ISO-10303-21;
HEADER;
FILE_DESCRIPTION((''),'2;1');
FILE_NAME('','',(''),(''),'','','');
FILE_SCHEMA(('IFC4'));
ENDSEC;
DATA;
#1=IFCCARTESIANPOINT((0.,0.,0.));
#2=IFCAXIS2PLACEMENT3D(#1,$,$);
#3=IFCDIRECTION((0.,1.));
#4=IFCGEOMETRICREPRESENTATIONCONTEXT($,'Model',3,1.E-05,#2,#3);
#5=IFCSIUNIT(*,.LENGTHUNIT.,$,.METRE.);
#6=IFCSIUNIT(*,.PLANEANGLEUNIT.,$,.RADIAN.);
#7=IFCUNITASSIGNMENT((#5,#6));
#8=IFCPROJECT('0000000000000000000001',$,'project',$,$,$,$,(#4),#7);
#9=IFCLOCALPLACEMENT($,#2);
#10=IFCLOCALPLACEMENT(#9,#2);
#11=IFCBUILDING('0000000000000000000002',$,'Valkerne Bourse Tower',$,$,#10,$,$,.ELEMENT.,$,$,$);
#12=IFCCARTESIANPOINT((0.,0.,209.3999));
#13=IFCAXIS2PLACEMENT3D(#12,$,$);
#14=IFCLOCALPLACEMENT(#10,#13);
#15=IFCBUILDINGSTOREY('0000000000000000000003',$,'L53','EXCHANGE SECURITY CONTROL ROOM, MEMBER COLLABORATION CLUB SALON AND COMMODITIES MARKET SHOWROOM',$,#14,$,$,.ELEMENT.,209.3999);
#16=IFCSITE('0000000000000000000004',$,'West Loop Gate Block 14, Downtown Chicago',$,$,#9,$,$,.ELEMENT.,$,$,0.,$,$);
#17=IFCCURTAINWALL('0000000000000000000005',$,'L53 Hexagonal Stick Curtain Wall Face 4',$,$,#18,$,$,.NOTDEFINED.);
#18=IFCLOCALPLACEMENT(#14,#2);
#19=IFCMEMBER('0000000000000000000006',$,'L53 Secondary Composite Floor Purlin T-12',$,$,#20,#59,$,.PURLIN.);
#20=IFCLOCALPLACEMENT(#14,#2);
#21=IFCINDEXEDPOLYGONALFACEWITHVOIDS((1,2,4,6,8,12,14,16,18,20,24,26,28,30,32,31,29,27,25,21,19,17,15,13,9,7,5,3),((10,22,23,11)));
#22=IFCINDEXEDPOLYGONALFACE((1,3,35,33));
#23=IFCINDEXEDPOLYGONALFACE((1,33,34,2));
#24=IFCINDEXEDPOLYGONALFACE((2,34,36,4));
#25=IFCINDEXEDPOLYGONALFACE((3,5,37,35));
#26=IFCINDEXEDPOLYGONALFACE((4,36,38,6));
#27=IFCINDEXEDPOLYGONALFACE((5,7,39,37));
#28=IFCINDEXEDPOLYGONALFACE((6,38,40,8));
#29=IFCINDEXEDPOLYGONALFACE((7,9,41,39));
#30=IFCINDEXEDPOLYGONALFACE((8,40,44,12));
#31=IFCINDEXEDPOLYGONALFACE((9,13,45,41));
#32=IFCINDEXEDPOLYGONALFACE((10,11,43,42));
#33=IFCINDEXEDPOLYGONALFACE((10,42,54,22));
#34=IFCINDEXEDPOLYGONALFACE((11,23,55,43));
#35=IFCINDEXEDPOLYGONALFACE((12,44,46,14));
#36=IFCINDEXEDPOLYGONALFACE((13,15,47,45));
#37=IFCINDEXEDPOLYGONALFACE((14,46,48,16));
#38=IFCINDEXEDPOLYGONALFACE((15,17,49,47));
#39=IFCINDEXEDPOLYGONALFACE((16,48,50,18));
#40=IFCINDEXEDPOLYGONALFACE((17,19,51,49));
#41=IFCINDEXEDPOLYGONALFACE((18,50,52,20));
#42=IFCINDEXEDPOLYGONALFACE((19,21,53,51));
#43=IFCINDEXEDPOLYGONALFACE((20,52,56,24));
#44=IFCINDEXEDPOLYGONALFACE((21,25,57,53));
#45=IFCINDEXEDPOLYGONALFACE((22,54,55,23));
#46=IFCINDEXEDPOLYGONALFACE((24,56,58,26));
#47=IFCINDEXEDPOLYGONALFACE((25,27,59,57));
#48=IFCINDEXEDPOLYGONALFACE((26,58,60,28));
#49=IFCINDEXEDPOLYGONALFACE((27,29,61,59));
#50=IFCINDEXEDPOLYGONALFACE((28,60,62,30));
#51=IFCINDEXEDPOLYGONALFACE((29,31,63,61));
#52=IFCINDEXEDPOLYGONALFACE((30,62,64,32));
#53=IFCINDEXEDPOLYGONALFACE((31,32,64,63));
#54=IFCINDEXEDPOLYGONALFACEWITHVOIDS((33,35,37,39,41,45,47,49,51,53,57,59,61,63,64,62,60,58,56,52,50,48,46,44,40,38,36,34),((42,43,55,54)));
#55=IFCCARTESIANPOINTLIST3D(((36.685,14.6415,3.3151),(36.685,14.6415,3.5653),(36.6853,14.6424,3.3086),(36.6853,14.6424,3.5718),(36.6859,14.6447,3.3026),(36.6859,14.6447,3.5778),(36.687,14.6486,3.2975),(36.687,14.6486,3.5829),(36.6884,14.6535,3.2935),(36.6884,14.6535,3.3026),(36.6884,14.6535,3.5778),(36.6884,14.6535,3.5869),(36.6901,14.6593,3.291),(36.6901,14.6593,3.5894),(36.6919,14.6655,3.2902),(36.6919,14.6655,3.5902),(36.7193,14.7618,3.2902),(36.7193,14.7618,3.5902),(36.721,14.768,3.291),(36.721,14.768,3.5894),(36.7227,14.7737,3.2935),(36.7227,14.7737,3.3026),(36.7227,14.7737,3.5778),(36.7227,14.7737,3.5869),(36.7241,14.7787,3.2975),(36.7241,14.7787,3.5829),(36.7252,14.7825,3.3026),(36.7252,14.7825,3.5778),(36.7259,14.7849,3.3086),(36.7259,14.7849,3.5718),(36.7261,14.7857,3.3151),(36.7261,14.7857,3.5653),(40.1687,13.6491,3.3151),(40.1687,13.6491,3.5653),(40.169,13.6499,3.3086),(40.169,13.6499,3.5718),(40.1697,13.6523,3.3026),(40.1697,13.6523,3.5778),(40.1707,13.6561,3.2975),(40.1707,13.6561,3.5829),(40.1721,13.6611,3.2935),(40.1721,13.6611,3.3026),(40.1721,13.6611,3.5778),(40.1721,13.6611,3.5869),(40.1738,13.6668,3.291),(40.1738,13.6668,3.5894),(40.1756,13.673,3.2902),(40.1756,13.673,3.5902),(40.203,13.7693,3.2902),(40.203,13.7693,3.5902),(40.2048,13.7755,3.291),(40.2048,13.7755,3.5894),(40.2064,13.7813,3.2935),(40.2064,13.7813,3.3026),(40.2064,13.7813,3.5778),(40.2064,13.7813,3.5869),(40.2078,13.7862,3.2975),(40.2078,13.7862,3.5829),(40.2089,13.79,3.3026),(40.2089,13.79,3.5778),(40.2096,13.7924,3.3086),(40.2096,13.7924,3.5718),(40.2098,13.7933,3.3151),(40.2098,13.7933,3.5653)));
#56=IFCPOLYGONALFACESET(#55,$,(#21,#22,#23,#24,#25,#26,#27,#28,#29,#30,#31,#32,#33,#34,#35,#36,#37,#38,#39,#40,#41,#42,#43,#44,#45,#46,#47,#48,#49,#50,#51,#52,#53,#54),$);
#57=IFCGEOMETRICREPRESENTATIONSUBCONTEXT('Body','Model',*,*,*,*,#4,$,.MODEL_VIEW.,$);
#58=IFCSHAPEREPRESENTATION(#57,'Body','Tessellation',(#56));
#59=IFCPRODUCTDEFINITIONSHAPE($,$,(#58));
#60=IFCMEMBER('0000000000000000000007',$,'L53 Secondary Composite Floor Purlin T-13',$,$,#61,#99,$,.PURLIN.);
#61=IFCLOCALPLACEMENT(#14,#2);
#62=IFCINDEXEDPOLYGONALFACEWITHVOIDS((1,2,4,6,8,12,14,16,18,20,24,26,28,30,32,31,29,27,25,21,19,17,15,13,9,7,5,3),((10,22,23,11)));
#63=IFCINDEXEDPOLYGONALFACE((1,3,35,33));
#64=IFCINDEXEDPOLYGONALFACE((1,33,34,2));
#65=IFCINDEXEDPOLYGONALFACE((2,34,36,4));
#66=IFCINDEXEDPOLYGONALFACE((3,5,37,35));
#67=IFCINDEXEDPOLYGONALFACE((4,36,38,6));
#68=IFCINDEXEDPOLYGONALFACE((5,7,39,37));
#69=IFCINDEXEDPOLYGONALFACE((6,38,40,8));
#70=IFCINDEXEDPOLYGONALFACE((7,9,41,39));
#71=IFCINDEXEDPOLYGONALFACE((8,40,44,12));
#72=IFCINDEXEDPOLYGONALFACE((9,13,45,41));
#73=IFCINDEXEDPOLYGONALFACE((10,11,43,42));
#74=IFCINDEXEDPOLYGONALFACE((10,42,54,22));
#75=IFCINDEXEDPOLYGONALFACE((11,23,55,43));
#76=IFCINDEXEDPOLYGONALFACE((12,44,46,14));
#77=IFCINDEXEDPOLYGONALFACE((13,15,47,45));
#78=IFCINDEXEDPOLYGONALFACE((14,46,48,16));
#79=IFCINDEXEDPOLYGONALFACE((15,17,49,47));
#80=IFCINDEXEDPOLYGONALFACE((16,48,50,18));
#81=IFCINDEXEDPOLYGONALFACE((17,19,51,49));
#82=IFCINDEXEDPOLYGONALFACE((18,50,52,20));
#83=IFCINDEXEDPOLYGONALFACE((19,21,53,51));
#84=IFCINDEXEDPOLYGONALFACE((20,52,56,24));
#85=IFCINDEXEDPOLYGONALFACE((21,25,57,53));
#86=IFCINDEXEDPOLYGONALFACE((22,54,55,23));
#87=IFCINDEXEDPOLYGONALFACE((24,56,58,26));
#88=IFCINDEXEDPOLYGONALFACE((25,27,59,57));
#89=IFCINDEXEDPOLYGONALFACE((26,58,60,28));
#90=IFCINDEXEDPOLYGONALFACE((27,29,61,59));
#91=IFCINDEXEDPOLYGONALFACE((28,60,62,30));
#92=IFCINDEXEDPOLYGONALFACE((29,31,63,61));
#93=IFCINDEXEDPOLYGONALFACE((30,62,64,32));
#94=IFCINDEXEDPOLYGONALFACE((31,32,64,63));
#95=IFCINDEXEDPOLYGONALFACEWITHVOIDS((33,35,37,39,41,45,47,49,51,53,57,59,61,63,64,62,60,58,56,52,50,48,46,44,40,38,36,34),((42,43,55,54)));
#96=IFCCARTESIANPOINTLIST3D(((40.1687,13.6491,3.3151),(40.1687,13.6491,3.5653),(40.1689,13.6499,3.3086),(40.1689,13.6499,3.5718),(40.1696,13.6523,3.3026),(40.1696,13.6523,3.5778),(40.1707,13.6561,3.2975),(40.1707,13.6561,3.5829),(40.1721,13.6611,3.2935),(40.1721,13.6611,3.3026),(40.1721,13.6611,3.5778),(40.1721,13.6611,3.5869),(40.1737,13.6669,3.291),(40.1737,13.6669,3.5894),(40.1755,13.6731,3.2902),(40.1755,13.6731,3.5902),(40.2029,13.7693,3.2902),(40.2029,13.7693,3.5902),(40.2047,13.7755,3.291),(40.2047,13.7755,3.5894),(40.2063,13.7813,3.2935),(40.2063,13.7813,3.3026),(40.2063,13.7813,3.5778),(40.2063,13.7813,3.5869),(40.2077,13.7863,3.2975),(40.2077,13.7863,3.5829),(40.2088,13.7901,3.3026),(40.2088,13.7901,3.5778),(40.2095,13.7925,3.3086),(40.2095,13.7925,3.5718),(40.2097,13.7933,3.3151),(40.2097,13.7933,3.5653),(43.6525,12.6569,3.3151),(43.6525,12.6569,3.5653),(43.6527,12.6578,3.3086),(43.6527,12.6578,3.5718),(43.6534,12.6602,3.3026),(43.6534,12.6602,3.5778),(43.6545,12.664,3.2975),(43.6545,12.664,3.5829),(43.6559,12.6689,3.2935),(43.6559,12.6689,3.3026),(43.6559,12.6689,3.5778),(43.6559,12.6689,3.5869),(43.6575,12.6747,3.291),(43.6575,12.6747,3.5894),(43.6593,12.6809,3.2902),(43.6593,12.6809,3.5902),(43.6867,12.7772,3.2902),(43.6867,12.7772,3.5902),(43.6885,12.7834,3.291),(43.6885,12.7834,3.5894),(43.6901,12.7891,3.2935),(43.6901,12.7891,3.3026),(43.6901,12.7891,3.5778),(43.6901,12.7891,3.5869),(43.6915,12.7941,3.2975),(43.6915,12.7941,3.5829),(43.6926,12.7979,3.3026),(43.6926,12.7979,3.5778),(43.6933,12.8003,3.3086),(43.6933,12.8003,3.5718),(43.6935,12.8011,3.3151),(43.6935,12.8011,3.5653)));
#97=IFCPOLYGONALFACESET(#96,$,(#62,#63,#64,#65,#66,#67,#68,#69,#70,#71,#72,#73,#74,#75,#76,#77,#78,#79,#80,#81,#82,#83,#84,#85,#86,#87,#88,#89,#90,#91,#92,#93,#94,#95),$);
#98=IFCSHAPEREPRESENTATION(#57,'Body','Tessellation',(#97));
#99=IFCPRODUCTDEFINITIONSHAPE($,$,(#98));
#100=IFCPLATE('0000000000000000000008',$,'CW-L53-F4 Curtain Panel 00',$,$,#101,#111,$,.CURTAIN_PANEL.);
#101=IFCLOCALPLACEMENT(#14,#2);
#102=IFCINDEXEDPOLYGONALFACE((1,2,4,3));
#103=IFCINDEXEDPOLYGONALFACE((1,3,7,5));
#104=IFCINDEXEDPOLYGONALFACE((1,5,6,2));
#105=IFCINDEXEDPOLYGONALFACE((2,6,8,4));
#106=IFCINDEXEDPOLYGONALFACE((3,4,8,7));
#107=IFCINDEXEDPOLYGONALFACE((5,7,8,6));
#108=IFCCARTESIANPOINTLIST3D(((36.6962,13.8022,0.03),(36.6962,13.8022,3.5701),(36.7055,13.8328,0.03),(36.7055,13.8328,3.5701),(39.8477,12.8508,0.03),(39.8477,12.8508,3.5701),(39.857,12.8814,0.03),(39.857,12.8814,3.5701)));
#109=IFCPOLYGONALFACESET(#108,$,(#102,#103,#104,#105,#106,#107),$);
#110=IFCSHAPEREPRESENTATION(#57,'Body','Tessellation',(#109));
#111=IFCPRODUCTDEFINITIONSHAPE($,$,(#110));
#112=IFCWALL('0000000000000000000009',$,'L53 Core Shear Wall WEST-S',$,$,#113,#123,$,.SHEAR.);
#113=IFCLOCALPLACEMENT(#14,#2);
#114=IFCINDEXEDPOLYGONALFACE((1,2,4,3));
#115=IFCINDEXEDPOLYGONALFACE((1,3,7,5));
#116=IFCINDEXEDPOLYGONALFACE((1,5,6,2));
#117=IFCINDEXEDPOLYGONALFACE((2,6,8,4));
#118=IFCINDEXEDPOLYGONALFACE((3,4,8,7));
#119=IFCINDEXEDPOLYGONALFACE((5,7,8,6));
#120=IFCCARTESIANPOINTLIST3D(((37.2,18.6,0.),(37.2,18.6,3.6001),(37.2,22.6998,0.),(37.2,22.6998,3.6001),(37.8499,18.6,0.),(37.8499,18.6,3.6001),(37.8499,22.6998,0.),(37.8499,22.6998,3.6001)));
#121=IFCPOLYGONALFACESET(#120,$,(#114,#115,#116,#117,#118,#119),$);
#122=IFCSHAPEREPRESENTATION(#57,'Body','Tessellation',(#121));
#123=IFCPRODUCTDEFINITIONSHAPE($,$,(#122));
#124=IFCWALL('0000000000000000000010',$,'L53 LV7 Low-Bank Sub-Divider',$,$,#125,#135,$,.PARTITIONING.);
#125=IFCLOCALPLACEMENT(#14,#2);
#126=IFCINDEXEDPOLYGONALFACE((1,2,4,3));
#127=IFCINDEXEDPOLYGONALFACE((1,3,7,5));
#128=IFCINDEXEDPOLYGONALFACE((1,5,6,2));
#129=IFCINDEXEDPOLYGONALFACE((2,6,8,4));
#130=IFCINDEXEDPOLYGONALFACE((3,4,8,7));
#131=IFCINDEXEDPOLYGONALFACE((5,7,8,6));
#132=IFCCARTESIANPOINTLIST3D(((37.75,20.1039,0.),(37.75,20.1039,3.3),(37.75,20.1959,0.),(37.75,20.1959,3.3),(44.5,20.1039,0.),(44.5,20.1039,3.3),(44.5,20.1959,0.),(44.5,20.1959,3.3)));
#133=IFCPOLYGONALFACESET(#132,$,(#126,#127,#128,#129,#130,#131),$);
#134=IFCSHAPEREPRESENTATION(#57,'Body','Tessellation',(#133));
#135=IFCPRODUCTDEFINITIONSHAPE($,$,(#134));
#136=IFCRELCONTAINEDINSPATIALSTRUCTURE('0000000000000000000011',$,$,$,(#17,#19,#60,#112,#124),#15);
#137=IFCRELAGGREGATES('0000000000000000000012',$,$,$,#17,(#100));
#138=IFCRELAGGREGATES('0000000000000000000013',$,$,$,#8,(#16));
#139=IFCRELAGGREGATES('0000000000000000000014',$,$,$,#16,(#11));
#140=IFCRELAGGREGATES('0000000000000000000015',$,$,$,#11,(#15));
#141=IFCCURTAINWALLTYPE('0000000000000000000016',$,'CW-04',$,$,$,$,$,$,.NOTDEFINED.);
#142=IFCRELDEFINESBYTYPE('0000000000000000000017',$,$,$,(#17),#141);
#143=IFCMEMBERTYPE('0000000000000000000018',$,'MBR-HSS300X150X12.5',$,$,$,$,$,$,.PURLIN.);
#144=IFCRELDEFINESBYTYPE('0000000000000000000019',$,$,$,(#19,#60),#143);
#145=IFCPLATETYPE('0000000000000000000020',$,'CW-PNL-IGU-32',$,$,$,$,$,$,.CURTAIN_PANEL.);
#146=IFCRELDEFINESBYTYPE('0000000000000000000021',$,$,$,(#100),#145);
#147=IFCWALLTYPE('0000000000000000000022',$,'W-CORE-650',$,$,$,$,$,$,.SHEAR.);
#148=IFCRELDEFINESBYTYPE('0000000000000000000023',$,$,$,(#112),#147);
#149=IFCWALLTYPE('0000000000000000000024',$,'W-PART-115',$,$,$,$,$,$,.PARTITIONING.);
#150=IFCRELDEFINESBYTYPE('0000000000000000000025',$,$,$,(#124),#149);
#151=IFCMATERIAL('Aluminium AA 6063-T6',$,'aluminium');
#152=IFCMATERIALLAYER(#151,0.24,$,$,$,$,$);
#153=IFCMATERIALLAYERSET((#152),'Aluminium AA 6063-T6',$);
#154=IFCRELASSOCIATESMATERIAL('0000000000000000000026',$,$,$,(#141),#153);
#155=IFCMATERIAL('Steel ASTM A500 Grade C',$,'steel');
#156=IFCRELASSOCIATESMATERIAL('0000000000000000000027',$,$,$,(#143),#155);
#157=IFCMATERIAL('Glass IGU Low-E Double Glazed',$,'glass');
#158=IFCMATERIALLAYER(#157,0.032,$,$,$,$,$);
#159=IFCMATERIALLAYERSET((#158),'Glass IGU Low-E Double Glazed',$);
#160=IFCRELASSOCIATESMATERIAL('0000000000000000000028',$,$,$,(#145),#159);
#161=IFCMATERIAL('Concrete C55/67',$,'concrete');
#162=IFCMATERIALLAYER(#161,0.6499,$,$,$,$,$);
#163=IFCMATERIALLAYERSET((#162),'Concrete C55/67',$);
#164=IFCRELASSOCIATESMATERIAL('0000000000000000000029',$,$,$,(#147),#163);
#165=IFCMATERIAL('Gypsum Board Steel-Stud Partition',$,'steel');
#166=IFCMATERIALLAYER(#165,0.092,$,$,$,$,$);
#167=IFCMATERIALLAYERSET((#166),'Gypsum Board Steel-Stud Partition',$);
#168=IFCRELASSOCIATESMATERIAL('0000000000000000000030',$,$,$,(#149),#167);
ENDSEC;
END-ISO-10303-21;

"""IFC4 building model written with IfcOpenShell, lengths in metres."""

from ifc_helpers import new_model, si_unit, direction, frame, frame_2d, origin, origin_2d, place, context, subcontext, project, spatial, rectangle, hollow_rectangle, extrude, material, layer, layer_set, material_profile, profile_set, type_object, element, aggregate, save


model = new_model("IFC4")

# Units and contexts
model_context = context("Model", 3, precision=1e-05, world=origin(), true_north=direction((0.0, 1.0)))
body_context = subcontext(model_context, "Body", "Model", "MODEL_VIEW")
ifc_project = project(units=[si_unit("LENGTHUNIT", "METRE"), si_unit("PLANEANGLEUNIT", "RADIAN")], contexts=[model_context])

# Site, building, storey
site_placement = place(None, origin())
site = spatial("IfcSite", under=ifc_project, at=site_placement, Name="West Loop Gate Block 14, Downtown Chicago", CompositionType="ELEMENT", RefElevation=0.0)
building_placement = place(site_placement, origin())
building = spatial("IfcBuilding", under=site, at=building_placement, Name="Valkerne Bourse Tower", CompositionType="ELEMENT")
storey_placement = place(building_placement, frame((0.0, 0.0, 209.3999)))
storey = spatial("IfcBuildingStorey", under=building, at=storey_placement, Name="L53", Description="EXCHANGE SECURITY CONTROL ROOM, MEMBER COLLABORATION CLUB SALON AND COMMODITIES MARKET SHOWROOM", CompositionType="ELEMENT", Elevation=209.3999)

# Curtain wall
ifc_material_1 = material(Name="Aluminium AA 6063-T6", Category="aluminium")
ifc_layer_1 = layer(ifc_material_1, 0.24)
ifc_layer_set_1 = layer_set([ifc_layer_1], Name="Aluminium AA 6063-T6")
curtain_wall_type = type_object("IfcCurtainWallType", Name="CW-04", PredefinedType="NOTDEFINED", material=ifc_layer_set_1)
curtain_wall_placement = place(storey_placement, origin())
curtain_wall = element("IfcCurtainWall", 1, at=curtain_wall_placement, inside=storey, type_object=curtain_wall_type, Name="L53 Hexagonal Stick Curtain Wall Face 4", PredefinedType="NOTDEFINED")

# Members
ifc_material_2 = material(Name="Steel ASTM A500 Grade C", Category="steel")
ifc_material_profile_1 = material_profile(ifc_material_2, hollow_rectangle(XDim=0.1499, YDim=0.3, WallThickness=0.0125, OuterFilletRadius=0.0249, at=origin_2d()), Name="HSS300X150X12.5")
ifc_profile_set_1 = profile_set([ifc_material_profile_1], Name="Steel ASTM A500 Grade C")
member_type_1 = type_object("IfcMemberType", Name="MBR-HSS300X150X12.5", PredefinedType="PURLIN", material=ifc_profile_set_1)
for number, where, z_axis, x_axis, name in (
    (2, (36.7056, 14.7136, 3.4402), (0.961735, -0.273982, 0.0), (0.273982, 0.961735, 0.0), "L53 Secondary Composite Floor Purlin T-12"),
    (3, (40.1892, 13.7212, 3.4402), (0.961758, -0.273902, 0.0), (0.273902, 0.961758, 0.0), "L53 Secondary Composite Floor Purlin T-13"),
):
    element("IfcMember", number, at=place(storey_placement, frame(where, z_axis=z_axis, x_axis=x_axis)), inside=storey, type_object=member_type_1, Name=name, PredefinedType="PURLIN", context=body_context, shape_type="SweptSolid", body=[
        extrude(hollow_rectangle(XDim=0.1499, YDim=0.3, WallThickness=0.0125, OuterFilletRadius=0.0249, at=origin_2d()), origin(), (0.0, 0.0, 1.0), 3.6223),
    ])

# Plate
ifc_material_3 = material(Name="Glass IGU Low-E Double Glazed", Category="glass")
ifc_layer_2 = layer(ifc_material_3, 0.032)
ifc_layer_set_2 = layer_set([ifc_layer_2], Name="Glass IGU Low-E Double Glazed")
plate_type = type_object("IfcPlateType", Name="CW-PNL-IGU-32", PredefinedType="CURTAIN_PANEL", material=ifc_layer_set_2)
plate_placement = place(storey_placement, frame((38.2766, 13.3418, 0.03), z_axis=(0.0, 0.0, 1.0), x_axis=(0.957321, -0.289027, 0.0)))
plate = element("IfcPlate", 4, at=plate_placement, type_object=plate_type, Name="CW-L53-F4 Curtain Panel 00", PredefinedType="CURTAIN_PANEL", context=body_context, shape_type="SweptSolid", body=[
    extrude(rectangle(XDim=3.292, YDim=0.032, at=origin_2d()), origin(), (0.0, 0.0, 1.0), 3.54),
])
aggregate(curtain_wall, [plate])

# Shared definitions
ifc_material_4 = material(Name="Concrete C55/67", Category="concrete")
ifc_layer_3 = layer(ifc_material_4, 0.6499)
ifc_layer_set_3 = layer_set([ifc_layer_3], Name="Concrete C55/67")
wall_type_1 = type_object("IfcWallType", Name="W-CORE-650", PredefinedType="SHEAR", material=ifc_layer_set_3)

# Walls
wall_1_placement = place(storey_placement, frame((37.5249, 18.6001, 0.0), z_axis=(0.0, 0.0, 1.0), x_axis=(0.0, 1.0, 0.0)))
element("IfcWall", 5, at=wall_1_placement, inside=storey, type_object=wall_type_1, Name="L53 Core Shear Wall WEST-S", PredefinedType="SHEAR", context=body_context, shape_type="SweptSolid", body=[
    extrude(rectangle(XDim=4.0999, YDim=0.6499, at=frame_2d((2.0498, 0.0))), origin(), (0.0, 0.0, 1.0), 3.6001),
])
ifc_material_5 = material(Name="Gypsum Board Steel-Stud Partition", Category="steel")
ifc_layer_4 = layer(ifc_material_5, 0.092)
ifc_layer_set_4 = layer_set([ifc_layer_4], Name="Gypsum Board Steel-Stud Partition")
wall_type_2 = type_object("IfcWallType", Name="W-PART-115", PredefinedType="PARTITIONING", material=ifc_layer_set_4)
wall_2_placement = place(storey_placement, frame((37.75, 20.1499, 0.0), z_axis=(0.0, 0.0, 1.0), x_axis=(1.0, 0.0, 0.0)))
element("IfcWall", 6, at=wall_2_placement, inside=storey, type_object=wall_type_2, Name="L53 LV7 Low-Bank Sub-Divider", PredefinedType="PARTITIONING", context=body_context, shape_type="SweptSolid", body=[
    extrude(rectangle(XDim=6.75, YDim=0.092, at=frame_2d((3.375, 0.0))), origin(), (0.0, 0.0, 1.0), 3.3),
])

save(model, "model.ifc")
